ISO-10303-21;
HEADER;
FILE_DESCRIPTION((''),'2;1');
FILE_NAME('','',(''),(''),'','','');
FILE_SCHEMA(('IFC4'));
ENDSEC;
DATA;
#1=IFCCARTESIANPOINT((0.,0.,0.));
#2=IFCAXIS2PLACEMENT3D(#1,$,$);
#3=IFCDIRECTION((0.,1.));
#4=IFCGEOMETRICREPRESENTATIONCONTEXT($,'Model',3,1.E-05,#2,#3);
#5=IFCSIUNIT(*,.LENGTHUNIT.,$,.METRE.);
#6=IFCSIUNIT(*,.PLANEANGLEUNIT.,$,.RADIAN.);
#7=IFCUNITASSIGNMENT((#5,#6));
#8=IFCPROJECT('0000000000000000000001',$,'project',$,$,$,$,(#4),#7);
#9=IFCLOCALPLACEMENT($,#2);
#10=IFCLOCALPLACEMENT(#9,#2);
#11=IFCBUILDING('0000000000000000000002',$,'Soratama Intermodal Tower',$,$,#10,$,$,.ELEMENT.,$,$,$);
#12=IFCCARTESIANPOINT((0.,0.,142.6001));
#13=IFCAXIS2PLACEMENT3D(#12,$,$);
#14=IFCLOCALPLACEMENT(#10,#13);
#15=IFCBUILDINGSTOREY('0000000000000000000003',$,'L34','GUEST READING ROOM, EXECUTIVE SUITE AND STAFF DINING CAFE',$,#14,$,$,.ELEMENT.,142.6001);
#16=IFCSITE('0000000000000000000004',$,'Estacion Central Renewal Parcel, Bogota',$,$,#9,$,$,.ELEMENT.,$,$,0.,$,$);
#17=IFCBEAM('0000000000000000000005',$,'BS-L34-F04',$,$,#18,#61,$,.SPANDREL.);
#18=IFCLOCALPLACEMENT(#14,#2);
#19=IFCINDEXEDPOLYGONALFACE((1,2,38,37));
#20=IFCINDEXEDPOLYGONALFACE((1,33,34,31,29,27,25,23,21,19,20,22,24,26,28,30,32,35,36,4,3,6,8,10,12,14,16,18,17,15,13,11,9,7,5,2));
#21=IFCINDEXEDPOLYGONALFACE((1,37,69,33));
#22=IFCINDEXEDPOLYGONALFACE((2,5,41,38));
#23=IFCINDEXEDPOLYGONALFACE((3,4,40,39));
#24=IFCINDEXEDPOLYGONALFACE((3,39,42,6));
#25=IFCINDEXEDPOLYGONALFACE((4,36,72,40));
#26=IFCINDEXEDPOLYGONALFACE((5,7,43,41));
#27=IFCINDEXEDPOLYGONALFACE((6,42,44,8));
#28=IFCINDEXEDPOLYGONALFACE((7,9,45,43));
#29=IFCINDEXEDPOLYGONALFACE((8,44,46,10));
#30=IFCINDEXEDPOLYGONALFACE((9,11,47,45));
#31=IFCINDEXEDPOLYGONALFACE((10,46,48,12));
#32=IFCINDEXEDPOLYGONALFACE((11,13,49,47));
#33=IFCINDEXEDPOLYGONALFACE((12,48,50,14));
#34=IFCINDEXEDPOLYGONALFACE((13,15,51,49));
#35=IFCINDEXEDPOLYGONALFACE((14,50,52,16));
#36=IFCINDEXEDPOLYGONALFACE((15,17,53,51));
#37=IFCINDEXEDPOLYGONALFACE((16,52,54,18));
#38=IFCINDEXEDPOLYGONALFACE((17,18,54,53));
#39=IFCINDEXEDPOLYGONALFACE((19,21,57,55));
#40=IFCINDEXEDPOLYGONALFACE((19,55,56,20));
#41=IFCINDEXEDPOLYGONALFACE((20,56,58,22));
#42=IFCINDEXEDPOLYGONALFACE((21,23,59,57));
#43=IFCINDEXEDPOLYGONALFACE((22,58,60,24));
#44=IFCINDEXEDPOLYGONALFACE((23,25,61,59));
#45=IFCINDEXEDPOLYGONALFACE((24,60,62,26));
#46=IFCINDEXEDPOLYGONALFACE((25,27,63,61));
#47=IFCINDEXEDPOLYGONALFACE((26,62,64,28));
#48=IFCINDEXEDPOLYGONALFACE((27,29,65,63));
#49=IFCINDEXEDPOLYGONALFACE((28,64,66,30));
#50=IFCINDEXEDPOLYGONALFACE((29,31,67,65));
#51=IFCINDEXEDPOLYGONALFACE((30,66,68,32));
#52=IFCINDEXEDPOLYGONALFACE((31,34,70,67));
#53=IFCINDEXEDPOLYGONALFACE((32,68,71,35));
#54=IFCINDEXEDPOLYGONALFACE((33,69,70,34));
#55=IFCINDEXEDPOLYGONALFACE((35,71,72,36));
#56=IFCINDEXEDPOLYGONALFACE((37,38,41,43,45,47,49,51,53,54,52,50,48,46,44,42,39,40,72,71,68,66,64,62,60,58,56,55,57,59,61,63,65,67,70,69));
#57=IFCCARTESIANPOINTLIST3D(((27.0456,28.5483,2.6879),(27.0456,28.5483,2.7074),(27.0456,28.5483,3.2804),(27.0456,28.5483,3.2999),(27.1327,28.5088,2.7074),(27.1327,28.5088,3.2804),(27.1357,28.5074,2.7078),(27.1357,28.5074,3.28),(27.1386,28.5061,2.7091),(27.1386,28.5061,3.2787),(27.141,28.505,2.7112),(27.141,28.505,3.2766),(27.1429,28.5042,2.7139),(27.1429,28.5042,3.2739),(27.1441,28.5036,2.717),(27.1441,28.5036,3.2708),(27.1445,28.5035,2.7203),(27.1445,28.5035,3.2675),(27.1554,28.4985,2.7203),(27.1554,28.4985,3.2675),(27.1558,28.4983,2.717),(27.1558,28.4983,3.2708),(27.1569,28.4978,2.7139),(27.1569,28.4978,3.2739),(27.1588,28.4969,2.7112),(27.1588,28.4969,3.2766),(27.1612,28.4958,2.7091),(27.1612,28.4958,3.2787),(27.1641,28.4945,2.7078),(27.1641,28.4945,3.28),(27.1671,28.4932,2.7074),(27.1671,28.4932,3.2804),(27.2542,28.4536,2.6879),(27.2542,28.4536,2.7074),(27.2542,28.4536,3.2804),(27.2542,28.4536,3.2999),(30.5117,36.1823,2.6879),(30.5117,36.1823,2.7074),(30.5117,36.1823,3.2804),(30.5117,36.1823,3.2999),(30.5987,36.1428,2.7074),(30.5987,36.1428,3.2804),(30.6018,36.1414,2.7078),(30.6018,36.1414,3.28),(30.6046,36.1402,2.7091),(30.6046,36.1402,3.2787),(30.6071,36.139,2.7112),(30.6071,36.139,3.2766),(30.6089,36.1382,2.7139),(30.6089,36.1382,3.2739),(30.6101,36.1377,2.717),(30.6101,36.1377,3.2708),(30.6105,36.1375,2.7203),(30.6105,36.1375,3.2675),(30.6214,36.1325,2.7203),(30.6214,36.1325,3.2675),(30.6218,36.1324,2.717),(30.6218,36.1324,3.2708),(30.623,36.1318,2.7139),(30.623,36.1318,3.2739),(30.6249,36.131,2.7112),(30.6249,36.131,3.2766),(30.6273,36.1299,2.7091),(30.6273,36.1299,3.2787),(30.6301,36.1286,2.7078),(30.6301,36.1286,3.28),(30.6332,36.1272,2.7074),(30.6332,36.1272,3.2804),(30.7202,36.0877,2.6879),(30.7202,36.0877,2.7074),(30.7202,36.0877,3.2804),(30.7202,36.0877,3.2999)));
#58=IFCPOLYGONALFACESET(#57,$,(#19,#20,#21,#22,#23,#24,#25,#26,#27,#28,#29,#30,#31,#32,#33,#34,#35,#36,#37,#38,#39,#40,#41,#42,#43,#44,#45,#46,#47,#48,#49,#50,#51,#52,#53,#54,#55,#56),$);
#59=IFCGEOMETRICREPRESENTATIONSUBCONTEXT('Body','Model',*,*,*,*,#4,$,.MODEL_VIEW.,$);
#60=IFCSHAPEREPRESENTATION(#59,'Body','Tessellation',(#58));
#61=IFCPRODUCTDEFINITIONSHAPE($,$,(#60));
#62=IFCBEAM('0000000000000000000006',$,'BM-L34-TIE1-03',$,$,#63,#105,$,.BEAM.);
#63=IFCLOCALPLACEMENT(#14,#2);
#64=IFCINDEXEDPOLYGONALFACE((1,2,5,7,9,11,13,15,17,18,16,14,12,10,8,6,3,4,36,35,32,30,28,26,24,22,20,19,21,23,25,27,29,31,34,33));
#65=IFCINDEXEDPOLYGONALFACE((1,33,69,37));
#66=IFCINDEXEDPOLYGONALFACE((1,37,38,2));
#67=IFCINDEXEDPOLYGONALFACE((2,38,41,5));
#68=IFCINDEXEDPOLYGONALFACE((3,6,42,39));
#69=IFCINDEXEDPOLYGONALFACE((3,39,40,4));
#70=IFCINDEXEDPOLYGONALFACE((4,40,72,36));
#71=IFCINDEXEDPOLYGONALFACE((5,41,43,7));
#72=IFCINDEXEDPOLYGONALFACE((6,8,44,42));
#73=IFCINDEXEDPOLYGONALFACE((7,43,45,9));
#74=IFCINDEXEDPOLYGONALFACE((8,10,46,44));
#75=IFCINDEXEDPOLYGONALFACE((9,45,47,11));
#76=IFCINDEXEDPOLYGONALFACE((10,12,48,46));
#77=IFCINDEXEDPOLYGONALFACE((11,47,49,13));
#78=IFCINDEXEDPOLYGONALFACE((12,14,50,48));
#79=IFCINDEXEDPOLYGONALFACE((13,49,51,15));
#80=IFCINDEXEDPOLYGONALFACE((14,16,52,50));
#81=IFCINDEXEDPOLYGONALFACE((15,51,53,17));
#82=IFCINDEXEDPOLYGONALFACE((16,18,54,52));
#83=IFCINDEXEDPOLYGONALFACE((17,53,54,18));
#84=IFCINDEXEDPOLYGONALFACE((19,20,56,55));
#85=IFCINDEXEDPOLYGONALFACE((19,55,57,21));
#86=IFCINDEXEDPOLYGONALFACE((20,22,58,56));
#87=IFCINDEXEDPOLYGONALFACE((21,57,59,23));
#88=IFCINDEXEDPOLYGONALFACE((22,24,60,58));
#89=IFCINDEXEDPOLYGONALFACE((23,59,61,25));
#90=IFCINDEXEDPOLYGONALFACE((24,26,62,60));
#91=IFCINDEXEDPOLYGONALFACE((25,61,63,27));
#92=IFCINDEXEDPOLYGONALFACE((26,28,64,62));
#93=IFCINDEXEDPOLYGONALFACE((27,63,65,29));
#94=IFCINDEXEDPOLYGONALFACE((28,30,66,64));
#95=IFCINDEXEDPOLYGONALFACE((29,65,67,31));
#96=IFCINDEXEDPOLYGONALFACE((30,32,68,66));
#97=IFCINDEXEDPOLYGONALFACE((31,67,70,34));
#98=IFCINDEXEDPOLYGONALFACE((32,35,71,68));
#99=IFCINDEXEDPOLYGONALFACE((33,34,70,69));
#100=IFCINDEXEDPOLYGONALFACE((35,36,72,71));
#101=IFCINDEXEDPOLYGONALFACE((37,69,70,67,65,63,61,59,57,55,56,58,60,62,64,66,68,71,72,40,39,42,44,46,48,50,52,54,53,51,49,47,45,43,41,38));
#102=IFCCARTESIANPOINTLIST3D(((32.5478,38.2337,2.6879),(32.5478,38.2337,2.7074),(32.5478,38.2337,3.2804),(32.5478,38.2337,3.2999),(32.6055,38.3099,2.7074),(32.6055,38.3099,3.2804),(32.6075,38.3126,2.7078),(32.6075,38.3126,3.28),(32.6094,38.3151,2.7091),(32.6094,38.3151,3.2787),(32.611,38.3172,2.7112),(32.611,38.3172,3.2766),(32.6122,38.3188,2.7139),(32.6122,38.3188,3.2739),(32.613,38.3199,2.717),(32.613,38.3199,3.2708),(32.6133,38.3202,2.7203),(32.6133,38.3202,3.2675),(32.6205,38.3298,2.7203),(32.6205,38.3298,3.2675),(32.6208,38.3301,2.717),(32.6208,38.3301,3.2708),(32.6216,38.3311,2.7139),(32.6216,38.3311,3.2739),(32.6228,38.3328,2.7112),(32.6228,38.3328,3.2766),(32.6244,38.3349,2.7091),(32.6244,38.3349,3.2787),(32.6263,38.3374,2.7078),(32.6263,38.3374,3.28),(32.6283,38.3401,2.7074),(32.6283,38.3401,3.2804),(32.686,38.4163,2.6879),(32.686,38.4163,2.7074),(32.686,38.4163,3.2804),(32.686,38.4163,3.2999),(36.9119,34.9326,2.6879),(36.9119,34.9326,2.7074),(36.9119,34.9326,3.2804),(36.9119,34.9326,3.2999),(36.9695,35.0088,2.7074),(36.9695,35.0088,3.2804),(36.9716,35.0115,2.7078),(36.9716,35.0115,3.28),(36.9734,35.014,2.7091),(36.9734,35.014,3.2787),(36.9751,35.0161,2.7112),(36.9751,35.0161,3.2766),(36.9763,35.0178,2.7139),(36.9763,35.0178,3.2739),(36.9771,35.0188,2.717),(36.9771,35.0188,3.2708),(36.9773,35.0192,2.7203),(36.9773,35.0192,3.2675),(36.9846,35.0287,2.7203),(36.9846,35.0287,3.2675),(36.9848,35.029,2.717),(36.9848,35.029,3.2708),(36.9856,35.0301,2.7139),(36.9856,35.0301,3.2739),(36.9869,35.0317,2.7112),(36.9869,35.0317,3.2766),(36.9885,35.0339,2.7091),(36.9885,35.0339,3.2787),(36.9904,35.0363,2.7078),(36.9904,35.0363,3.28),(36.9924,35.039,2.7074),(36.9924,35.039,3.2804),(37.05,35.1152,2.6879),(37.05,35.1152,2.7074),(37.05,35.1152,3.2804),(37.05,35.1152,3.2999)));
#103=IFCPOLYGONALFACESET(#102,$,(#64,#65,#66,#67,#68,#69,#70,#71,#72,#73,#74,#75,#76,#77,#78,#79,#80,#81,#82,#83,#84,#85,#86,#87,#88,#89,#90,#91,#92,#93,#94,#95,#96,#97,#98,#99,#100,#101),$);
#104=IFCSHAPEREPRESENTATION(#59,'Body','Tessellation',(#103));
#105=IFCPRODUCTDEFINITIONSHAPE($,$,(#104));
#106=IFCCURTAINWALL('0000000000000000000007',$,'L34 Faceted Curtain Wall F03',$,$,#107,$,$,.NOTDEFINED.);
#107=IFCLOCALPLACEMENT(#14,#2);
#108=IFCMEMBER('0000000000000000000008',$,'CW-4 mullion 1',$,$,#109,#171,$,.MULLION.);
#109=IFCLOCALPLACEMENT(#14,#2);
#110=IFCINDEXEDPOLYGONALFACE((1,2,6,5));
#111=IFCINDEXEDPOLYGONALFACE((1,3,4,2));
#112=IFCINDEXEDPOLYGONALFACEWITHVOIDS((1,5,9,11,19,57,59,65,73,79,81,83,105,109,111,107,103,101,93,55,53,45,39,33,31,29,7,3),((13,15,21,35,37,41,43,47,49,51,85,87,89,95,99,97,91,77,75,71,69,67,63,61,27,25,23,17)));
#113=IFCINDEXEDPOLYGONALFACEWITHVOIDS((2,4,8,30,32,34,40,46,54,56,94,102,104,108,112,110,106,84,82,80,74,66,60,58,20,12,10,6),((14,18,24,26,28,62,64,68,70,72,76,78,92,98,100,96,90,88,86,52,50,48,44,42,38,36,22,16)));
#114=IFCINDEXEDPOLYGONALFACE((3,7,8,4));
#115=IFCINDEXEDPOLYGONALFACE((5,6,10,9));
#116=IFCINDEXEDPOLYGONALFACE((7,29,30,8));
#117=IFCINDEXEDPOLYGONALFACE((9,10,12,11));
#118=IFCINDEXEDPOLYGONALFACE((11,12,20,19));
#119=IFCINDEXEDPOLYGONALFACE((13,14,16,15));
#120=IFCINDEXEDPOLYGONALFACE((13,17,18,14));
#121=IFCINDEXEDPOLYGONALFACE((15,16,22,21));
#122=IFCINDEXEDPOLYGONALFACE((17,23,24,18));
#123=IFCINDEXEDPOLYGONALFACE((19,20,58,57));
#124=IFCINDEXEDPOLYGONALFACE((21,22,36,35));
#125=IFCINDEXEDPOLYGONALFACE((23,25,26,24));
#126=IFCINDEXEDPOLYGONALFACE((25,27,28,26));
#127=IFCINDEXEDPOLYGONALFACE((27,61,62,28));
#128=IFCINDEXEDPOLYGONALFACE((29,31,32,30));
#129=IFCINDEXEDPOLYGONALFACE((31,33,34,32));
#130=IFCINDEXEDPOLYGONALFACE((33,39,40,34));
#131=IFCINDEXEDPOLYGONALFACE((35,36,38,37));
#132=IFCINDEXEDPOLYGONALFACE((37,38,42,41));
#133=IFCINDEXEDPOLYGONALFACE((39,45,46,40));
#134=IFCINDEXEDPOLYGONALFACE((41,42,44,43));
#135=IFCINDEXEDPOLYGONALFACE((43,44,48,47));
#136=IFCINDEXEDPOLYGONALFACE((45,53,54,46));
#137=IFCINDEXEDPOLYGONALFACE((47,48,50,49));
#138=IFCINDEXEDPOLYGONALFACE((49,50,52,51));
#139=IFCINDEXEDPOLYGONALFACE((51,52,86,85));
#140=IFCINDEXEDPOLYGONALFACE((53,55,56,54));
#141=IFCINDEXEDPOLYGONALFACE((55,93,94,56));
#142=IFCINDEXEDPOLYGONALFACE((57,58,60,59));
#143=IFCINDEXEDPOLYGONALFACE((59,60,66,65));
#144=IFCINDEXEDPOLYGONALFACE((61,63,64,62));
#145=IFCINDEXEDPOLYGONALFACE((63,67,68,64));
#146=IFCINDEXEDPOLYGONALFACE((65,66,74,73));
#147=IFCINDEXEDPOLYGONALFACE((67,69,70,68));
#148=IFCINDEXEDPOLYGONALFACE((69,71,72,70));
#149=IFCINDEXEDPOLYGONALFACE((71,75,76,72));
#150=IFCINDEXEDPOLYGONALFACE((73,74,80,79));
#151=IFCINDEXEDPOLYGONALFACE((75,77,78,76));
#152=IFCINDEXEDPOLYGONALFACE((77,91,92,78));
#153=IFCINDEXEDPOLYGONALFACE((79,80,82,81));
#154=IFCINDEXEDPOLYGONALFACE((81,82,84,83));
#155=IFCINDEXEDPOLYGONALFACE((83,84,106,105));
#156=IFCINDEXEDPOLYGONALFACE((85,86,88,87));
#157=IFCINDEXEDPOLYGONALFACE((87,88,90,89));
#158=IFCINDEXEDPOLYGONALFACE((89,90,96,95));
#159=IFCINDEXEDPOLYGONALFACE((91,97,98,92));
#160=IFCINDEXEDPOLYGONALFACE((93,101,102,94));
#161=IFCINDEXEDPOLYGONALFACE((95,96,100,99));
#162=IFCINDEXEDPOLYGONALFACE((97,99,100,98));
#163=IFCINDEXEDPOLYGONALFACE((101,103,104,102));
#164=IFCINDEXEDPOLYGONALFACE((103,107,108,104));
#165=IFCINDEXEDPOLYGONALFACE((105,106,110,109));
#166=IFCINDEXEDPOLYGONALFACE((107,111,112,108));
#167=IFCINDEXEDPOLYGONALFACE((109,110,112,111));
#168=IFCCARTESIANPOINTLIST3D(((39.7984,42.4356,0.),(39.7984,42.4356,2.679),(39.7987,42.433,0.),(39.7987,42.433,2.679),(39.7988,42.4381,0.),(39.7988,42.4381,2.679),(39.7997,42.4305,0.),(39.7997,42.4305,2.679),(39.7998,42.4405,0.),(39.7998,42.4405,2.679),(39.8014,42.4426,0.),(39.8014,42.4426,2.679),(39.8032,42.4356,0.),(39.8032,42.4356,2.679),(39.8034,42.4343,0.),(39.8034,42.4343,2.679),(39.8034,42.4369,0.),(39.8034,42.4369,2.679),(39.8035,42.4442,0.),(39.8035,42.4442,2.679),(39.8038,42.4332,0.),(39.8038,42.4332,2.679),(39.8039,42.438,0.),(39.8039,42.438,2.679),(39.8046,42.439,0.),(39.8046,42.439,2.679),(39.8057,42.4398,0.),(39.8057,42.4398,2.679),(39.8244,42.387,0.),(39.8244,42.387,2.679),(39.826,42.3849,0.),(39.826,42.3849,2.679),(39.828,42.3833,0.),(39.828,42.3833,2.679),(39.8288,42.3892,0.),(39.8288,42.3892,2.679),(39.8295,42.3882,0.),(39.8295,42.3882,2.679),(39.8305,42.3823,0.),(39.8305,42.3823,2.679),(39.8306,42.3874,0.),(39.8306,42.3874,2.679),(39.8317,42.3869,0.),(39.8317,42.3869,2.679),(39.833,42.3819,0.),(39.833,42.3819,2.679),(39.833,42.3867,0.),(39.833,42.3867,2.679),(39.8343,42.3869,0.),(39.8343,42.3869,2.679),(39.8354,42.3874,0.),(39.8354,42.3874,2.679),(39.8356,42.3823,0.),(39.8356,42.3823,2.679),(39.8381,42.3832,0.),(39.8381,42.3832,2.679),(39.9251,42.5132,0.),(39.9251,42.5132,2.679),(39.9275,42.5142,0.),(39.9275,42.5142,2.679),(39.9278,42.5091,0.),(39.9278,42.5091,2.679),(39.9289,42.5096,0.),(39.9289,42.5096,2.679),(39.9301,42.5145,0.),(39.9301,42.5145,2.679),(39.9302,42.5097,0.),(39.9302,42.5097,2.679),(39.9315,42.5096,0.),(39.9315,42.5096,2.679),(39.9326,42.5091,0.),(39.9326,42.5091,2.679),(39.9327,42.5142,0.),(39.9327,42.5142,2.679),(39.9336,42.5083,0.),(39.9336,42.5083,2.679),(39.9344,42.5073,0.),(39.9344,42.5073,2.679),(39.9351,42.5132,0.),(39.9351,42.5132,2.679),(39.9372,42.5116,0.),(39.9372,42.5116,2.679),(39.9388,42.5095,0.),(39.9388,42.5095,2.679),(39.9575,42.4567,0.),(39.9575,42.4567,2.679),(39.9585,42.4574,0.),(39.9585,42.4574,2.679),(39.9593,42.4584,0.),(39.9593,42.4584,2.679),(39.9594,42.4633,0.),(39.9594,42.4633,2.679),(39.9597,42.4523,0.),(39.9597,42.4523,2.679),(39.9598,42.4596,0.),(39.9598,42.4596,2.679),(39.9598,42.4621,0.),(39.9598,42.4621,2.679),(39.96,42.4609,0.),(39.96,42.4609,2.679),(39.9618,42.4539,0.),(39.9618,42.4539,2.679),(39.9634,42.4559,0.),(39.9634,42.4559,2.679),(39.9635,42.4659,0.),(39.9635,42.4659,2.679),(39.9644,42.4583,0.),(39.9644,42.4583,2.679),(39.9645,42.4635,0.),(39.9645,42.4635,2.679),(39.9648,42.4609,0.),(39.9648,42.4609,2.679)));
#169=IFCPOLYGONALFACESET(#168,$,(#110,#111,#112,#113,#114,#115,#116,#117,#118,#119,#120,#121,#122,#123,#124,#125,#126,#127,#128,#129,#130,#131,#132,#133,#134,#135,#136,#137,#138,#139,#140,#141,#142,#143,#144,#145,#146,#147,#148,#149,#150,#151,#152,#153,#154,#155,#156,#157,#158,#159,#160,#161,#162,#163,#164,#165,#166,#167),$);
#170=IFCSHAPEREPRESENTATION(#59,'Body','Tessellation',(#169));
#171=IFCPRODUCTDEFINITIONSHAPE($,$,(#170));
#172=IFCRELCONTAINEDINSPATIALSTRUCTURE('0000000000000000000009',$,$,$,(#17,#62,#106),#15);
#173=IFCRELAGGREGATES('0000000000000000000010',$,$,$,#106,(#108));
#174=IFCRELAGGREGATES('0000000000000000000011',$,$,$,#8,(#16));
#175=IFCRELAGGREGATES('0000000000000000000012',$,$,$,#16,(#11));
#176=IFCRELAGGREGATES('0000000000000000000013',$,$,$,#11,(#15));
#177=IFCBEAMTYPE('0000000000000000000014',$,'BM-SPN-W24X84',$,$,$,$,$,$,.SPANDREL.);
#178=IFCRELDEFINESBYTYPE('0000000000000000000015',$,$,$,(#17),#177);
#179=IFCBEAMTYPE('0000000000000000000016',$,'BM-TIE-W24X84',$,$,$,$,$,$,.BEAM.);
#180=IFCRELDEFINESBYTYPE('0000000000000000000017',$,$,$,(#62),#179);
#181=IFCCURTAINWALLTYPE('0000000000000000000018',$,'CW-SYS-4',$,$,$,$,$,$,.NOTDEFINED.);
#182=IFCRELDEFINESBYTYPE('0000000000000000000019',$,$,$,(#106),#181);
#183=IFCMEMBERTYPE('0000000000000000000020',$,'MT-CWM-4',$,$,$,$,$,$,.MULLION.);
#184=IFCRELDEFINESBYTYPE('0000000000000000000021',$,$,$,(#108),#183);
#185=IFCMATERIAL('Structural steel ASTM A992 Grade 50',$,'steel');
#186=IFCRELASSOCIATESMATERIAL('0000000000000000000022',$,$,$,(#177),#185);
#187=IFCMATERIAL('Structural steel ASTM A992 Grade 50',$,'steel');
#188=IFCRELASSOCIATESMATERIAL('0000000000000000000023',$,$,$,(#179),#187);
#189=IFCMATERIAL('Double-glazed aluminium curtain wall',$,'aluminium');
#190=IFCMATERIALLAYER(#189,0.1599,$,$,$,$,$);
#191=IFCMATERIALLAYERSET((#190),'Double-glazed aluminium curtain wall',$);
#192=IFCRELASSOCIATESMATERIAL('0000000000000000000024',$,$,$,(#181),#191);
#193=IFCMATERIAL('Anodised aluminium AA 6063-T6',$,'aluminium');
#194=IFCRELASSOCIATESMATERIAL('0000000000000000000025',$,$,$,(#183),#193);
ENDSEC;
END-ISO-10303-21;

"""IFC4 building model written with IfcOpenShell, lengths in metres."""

from ifc_helpers import new_model, si_unit, direction, frame, origin, origin_2d, place, context, subcontext, project, spatial, hollow_rectangle, i_section, extrude, material, layer, layer_set, material_profile, profile_set, type_object, element, aggregate, save


model = new_model("IFC4")

# Units and contexts
model_context = context("Model", 3, precision=1e-05, world=origin(), true_north=direction((0.0, 1.0)))
body_context = subcontext(model_context, "Body", "Model", "MODEL_VIEW")
ifc_project = project(units=[si_unit("LENGTHUNIT", "METRE"), si_unit("PLANEANGLEUNIT", "RADIAN")], contexts=[model_context])

# Site, building, storey
site_placement = place(None, origin())
site = spatial("IfcSite", under=ifc_project, at=site_placement, Name="Estacion Central Renewal Parcel, Bogota", CompositionType="ELEMENT", RefElevation=0.0)
building_placement = place(site_placement, origin())
building = spatial("IfcBuilding", under=site, at=building_placement, Name="Soratama Intermodal Tower", CompositionType="ELEMENT")
storey_placement = place(building_placement, frame((0.0, 0.0, 142.6001)))
storey = spatial("IfcBuildingStorey", under=building, at=storey_placement, Name="L34", Description="GUEST READING ROOM, EXECUTIVE SUITE AND STAFF DINING CAFE", CompositionType="ELEMENT", Elevation=142.6001)

# Beams
ifc_material_1 = material(Name="Structural steel ASTM A992 Grade 50", Category="steel")
ifc_material_profile_1 = material_profile(ifc_material_1, i_section(OverallWidth=0.229, OverallDepth=0.6121, WebThickness=0.012, FlangeThickness=0.0195, FilletRadius=0.0129, at=origin_2d()), Name="W24X84")
ifc_profile_set_1 = profile_set([ifc_material_profile_1], Name="Structural steel ASTM A992 Grade 50")
beam_type_1 = type_object("IfcBeamType", Name="BM-SPN-W24X84", PredefinedType="SPANDREL", material=ifc_profile_set_1)
beam_1_placement = place(storey_placement, frame((30.616, 36.135, 2.9939), z_axis=(-0.413412, -0.910544, 0.0), x_axis=(0.910544, -0.413412, 0.0)))
element("IfcBeam", 1, at=beam_1_placement, inside=storey, type_object=beam_type_1, Name="BS-L34-F04", PredefinedType="SPANDREL", context=body_context, shape_type="SweptSolid", body=[
    extrude(i_section(OverallWidth=0.229, OverallDepth=0.6121, WebThickness=0.012, FlangeThickness=0.0195, FilletRadius=0.0129, at=origin_2d()), origin(), (0.0, 0.0, 1.0), 8.384),
])
ifc_material_2 = material(Name="Structural steel ASTM A992 Grade 50", Category="steel")
ifc_material_profile_2 = material_profile(ifc_material_2, i_section(OverallWidth=0.229, OverallDepth=0.6121, WebThickness=0.012, FlangeThickness=0.0195, FilletRadius=0.0129, at=origin_2d()), Name="W24X84")
ifc_profile_set_2 = profile_set([ifc_material_profile_2], Name="Structural steel ASTM A992 Grade 50")
beam_type_2 = type_object("IfcBeamType", Name="BM-TIE-W24X84", PredefinedType="BEAM", material=ifc_profile_set_2)
beam_2_placement = place(storey_placement, frame((36.981, 35.0239, 2.9939), z_axis=(-0.797536, 0.603272, 0.0), x_axis=(-0.603272, -0.797536, 0.0)))
element("IfcBeam", 2, at=beam_2_placement, inside=storey, type_object=beam_type_2, Name="BM-L34-TIE1-03", PredefinedType="BEAM", context=body_context, shape_type="SweptSolid", body=[
    extrude(i_section(OverallWidth=0.229, OverallDepth=0.6121, WebThickness=0.012, FlangeThickness=0.0195, FilletRadius=0.0129, at=origin_2d()), origin(), (0.0, 0.0, 1.0), 5.4719),
])

# Curtain wall, member
ifc_material_3 = material(Name="Double-glazed aluminium curtain wall", Category="aluminium")
ifc_layer_1 = layer(ifc_material_3, 0.1599)
ifc_layer_set_1 = layer_set([ifc_layer_1], Name="Double-glazed aluminium curtain wall")
curtain_wall_type = type_object("IfcCurtainWallType", Name="CW-SYS-4", PredefinedType="NOTDEFINED", material=ifc_layer_set_1)
curtain_wall_1_placement = place(storey_placement, origin())
curtain_wall_1 = element("IfcCurtainWall", 3, at=curtain_wall_1_placement, inside=storey, type_object=curtain_wall_type, Name="L34 Faceted Curtain Wall F03", PredefinedType="NOTDEFINED")
ifc_material_4 = material(Name="Anodised aluminium AA 6063-T6", Category="aluminium")
ifc_material_profile_3 = material_profile(ifc_material_4, hollow_rectangle(XDim=0.0701, YDim=0.1599, WallThickness=0.0049, InnerFilletRadius=0.0049, OuterFilletRadius=0.01, at=origin_2d()), Name="CWM160X70X5")
ifc_profile_set_3 = profile_set([ifc_material_profile_3], Name="Anodised aluminium AA 6063-T6")
member_type_1 = type_object("IfcMemberType", Name="MT-CWM-4", PredefinedType="MULLION", material=ifc_profile_set_3)
member_1_placement = place(storey_placement, frame((39.8816, 42.4482, 0.0), z_axis=(0.0, 0.0, 1.0), x_axis=(0.49364, -0.869667, 0.0)))
member_1 = element("IfcMember", 4, at=member_1_placement, type_object=member_type_1, Name="CW-4 mullion 1", PredefinedType="MULLION", context=body_context, shape_type="SweptSolid", body=[
    extrude(hollow_rectangle(XDim=0.0701, YDim=0.1599, WallThickness=0.0049, InnerFilletRadius=0.0049, OuterFilletRadius=0.01, at=origin_2d()), origin(), (0.0, 0.0, 1.0), 2.679),
])

aggregate(curtain_wall_1, [member_1])

save(model, "model.ifc")
